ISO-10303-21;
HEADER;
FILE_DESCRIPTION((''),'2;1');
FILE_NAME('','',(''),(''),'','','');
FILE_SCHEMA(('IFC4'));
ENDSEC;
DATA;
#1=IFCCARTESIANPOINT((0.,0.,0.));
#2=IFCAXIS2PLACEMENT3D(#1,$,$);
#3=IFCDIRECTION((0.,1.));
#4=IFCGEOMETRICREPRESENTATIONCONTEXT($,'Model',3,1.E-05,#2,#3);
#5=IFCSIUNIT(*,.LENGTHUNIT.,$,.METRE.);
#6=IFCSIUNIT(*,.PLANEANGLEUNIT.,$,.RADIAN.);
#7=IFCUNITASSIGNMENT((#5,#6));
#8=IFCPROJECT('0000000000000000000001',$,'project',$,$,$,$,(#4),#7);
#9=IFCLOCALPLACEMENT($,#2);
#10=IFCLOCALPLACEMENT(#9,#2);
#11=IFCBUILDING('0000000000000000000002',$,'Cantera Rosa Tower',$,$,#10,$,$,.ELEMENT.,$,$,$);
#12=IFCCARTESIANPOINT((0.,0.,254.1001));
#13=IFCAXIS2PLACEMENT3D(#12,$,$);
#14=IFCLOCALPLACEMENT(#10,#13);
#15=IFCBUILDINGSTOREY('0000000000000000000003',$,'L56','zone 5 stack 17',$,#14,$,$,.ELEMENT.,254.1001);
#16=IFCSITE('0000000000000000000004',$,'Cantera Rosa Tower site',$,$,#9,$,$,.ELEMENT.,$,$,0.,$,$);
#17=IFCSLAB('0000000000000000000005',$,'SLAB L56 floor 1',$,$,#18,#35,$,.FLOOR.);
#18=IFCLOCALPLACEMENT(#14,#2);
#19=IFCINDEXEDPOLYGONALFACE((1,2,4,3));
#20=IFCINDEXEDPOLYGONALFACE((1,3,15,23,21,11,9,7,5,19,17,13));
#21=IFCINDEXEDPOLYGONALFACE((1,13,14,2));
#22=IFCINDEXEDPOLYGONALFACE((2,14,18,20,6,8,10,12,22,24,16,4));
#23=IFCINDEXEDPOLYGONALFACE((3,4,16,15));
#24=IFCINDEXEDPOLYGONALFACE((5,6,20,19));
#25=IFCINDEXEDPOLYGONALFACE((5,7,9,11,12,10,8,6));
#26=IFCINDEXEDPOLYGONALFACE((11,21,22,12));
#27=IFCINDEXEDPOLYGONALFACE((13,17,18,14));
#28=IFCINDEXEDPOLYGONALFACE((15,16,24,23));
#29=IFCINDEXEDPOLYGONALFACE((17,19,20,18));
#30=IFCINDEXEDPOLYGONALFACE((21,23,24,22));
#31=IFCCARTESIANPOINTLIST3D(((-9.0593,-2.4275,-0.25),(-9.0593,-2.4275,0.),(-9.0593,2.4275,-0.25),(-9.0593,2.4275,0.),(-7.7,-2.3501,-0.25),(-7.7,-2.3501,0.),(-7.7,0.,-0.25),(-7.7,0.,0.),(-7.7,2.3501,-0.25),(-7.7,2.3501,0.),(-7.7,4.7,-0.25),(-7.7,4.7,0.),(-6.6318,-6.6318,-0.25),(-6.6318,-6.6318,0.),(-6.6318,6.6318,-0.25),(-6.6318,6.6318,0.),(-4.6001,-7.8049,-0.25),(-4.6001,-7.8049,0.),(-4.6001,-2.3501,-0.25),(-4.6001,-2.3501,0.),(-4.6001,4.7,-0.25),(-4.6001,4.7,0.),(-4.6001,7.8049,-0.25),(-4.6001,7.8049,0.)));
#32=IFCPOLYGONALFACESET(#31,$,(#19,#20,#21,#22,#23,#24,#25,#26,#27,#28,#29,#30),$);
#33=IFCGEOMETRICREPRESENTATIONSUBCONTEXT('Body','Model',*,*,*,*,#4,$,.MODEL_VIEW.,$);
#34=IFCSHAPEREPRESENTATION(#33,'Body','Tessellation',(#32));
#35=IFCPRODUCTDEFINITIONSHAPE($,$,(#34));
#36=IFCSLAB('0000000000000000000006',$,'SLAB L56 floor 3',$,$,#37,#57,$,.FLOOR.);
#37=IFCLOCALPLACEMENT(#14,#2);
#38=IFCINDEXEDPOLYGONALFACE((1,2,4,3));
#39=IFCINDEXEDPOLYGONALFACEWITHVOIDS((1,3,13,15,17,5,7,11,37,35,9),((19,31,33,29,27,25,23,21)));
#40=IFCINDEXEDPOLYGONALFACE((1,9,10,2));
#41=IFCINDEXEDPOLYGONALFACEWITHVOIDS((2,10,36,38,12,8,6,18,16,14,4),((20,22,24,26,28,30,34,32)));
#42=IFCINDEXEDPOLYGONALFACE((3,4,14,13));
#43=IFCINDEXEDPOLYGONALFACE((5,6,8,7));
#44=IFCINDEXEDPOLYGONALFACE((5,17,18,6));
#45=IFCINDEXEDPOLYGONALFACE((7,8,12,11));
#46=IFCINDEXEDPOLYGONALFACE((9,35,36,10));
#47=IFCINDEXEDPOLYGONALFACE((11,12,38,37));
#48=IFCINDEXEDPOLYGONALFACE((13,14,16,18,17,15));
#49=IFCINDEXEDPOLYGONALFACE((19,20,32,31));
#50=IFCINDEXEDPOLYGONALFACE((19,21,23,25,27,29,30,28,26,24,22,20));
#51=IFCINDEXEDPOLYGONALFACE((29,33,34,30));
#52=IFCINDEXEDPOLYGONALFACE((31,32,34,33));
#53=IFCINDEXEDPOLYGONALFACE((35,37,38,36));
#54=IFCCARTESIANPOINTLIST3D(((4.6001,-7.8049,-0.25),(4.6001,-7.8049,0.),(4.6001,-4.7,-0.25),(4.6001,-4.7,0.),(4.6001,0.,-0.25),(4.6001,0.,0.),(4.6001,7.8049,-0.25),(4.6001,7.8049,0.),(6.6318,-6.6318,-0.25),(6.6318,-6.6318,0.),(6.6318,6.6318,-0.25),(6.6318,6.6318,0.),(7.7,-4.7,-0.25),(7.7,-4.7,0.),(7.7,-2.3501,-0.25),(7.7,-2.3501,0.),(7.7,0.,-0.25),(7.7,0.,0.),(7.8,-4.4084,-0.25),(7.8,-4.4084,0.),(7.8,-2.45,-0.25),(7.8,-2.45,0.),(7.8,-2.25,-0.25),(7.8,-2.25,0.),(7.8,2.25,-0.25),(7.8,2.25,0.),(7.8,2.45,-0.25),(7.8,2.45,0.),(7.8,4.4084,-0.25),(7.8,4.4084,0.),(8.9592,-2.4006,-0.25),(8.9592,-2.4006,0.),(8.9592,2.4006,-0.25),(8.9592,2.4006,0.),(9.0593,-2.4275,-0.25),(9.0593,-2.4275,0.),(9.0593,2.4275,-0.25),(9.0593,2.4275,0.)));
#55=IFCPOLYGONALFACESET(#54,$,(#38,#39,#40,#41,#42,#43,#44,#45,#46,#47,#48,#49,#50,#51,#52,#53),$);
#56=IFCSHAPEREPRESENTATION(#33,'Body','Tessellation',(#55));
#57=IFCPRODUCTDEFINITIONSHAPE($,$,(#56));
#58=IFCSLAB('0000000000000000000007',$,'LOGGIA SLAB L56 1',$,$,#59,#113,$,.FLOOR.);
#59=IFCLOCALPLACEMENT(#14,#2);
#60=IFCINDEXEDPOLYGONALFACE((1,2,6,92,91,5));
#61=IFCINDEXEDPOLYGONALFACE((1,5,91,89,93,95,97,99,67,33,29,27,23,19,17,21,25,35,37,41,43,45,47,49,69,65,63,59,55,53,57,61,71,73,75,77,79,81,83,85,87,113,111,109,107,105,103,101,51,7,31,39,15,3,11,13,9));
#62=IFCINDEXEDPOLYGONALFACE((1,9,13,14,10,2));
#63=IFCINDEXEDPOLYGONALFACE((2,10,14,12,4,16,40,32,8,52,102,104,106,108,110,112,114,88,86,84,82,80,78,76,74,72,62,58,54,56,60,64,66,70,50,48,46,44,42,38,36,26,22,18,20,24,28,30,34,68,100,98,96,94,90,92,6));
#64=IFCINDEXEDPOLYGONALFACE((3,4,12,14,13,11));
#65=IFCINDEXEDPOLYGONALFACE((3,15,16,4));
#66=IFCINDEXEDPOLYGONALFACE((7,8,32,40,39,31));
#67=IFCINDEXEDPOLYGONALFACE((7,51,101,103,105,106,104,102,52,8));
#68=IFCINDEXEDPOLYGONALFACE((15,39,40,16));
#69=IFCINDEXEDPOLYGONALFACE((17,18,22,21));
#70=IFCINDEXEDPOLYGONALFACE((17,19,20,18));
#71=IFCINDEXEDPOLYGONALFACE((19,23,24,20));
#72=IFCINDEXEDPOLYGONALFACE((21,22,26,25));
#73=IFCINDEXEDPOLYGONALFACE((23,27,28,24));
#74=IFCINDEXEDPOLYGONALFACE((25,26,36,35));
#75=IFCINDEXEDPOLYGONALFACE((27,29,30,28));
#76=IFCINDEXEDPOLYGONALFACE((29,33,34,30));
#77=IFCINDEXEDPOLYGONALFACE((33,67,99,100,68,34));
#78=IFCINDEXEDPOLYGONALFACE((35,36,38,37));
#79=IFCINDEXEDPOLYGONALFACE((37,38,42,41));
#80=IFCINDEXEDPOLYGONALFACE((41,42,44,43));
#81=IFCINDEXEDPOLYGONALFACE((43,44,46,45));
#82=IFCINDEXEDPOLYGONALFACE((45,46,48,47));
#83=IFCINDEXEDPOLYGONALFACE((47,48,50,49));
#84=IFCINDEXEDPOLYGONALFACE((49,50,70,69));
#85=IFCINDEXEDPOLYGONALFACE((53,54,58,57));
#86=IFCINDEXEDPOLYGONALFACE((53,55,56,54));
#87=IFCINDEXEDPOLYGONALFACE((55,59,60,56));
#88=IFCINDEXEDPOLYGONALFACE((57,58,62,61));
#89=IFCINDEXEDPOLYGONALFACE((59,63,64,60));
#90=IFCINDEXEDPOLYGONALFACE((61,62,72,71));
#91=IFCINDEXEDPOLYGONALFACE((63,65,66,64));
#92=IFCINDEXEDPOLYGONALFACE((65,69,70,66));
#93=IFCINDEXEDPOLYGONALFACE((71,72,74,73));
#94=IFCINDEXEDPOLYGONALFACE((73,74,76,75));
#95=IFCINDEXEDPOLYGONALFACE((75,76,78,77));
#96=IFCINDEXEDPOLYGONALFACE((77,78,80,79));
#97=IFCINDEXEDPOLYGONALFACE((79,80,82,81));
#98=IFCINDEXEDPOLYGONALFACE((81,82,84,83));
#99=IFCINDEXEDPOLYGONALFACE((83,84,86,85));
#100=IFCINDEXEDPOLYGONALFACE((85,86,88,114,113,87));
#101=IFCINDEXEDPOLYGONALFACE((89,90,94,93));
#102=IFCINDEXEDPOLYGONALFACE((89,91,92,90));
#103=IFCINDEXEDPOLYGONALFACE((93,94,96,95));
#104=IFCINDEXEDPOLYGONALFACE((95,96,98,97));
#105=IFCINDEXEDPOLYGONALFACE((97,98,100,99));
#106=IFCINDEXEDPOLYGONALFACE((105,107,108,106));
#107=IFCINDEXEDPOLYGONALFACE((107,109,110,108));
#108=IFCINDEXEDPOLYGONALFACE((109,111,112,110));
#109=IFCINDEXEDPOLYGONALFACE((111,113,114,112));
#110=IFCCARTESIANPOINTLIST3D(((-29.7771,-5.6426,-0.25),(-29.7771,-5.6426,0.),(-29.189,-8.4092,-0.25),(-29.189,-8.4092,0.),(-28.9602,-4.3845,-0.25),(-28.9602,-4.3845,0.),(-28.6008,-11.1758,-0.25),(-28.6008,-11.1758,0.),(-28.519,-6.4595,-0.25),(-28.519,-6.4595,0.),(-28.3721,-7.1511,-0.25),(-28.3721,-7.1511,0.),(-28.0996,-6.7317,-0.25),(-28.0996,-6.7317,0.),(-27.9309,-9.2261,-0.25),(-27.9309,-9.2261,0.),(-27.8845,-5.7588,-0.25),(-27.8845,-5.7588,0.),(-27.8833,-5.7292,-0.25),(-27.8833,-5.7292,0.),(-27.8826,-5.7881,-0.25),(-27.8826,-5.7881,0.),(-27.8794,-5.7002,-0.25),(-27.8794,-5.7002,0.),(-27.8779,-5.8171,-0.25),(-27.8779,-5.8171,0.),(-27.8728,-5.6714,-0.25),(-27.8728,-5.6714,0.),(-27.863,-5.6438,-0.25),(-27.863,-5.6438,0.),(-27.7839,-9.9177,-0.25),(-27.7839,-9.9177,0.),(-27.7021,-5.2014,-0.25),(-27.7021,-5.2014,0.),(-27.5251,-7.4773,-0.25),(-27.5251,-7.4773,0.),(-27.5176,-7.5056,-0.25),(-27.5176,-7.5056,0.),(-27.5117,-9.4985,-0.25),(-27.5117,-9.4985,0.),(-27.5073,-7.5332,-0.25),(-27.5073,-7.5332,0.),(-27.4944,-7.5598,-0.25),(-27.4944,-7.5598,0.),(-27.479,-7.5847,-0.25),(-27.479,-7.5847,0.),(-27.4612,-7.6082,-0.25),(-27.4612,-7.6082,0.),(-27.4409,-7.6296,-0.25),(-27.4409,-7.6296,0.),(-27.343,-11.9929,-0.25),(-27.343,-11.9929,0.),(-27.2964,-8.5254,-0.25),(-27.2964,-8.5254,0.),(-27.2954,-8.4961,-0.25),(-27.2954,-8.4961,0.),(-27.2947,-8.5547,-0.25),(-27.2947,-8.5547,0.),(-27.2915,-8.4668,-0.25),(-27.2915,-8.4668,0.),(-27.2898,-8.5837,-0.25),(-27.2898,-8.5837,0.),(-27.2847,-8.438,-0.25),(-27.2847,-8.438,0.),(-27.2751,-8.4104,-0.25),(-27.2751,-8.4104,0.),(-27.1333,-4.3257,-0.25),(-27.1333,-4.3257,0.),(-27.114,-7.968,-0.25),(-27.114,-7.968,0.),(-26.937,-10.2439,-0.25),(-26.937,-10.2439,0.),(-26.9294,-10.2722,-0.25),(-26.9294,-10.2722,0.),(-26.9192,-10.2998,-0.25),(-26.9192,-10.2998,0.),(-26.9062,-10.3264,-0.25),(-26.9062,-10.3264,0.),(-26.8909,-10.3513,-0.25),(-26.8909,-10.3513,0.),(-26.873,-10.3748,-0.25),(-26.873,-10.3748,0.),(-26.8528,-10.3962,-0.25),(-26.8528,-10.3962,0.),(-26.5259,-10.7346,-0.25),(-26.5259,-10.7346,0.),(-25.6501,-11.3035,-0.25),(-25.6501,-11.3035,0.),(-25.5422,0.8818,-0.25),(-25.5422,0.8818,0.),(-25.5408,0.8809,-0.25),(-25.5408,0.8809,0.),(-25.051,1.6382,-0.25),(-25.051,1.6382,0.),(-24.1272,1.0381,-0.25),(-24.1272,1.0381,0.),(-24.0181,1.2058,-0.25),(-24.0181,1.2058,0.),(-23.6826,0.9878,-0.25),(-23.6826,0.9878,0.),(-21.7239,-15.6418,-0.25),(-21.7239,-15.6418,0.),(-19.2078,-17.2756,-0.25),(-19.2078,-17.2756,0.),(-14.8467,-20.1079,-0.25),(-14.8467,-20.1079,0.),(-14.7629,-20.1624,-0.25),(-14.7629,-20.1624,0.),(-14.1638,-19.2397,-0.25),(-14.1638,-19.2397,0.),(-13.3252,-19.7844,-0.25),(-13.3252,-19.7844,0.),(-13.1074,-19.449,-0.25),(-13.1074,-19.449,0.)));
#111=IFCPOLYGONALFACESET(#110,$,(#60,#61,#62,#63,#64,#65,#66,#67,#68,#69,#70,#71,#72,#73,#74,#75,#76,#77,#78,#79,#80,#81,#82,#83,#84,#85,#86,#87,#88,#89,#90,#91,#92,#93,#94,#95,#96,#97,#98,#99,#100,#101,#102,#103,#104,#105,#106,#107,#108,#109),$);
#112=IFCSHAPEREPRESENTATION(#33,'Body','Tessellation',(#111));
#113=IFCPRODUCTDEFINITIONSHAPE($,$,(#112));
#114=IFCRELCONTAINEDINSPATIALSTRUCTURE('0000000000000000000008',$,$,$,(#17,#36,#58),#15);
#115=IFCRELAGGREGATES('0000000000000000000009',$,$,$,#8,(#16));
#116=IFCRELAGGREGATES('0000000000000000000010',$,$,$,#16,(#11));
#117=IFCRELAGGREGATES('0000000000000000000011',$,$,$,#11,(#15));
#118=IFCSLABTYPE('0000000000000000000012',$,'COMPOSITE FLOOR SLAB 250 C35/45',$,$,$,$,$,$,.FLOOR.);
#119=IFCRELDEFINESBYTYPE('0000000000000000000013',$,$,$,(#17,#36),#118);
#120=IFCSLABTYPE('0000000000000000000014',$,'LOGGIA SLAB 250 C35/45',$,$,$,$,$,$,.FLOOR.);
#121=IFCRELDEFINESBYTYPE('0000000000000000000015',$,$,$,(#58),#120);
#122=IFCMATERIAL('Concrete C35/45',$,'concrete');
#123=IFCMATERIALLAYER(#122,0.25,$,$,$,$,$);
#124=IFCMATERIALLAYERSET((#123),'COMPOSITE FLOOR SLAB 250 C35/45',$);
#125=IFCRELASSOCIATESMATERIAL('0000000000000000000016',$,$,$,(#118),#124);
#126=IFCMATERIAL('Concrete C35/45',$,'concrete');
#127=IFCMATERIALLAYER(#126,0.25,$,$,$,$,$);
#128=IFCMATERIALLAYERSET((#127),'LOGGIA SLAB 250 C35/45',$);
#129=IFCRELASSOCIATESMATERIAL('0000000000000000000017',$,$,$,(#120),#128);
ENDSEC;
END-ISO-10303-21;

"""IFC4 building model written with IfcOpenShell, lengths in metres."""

from ifc_helpers import new_model, si_unit, direction, frame, origin, place, context, subcontext, project, spatial, polyline, outline, extrude, material, layer, layer_set, type_object, element, save


model = new_model("IFC4")

# Units and contexts
model_context = context("Model", 3, precision=1e-05, world=origin(), true_north=direction((0.0, 1.0)))
body_context = subcontext(model_context, "Body", "Model", "MODEL_VIEW")
ifc_project = project(units=[si_unit("LENGTHUNIT", "METRE"), si_unit("PLANEANGLEUNIT", "RADIAN")], contexts=[model_context])

# Site, building, storey
site_placement = place(None, origin())
site = spatial("IfcSite", under=ifc_project, at=site_placement, Name="Cantera Rosa Tower site", CompositionType="ELEMENT", RefElevation=0.0)
building_placement = place(site_placement, origin())
building = spatial("IfcBuilding", under=site, at=building_placement, Name="Cantera Rosa Tower", CompositionType="ELEMENT")
storey_placement = place(building_placement, frame((0.0, 0.0, 254.1001)))
storey = spatial("IfcBuildingStorey", under=building, at=storey_placement, Name="L56", Description="zone 5 stack 17", CompositionType="ELEMENT", Elevation=254.1001)

# Slabs
ifc_material_1 = material(Name="Concrete C35/45", Category="concrete")
ifc_layer_1 = layer(ifc_material_1, 0.25)
ifc_layer_set_1 = layer_set([ifc_layer_1], Name="COMPOSITE FLOOR SLAB 250 C35/45")
slab_type_1 = type_object("IfcSlabType", Name="COMPOSITE FLOOR SLAB 250 C35/45", PredefinedType="FLOOR", material=ifc_layer_set_1)
slab_1_placement = place(storey_placement, frame((0.0, 0.0, -0.25)))
element("IfcSlab", 1, at=slab_1_placement, inside=storey, type_object=slab_type_1, Name="SLAB L56 floor 1", PredefinedType="FLOOR", context=body_context, shape_type="SweptSolid", body=[
    extrude(outline(polyline([(-4.6001, -2.3501), (-4.6001, -7.8049), (-6.6318, -6.6318), (-9.0593, -2.4275), (-9.0593, 2.4275), (-6.6318, 6.6318), (-4.6001, 7.8049), (-4.6001, 4.7), (-7.7, 4.7), (-7.7, 2.3501), (-7.7, 0.0), (-7.7, -2.3501), (-4.6001, -2.3501)])), origin(), (0.0, 0.0, 1.0), 0.25),
])
slab_2_placement = place(storey_placement, frame((0.0, 0.0, -0.25)))
element("IfcSlab", 2, at=slab_2_placement, inside=storey, type_object=slab_type_1, Name="SLAB L56 floor 3", PredefinedType="FLOOR", context=body_context, shape_type="SweptSolid", body=[
    extrude(outline(polyline([(7.7, 0.0), (4.6001, 0.0), (4.6001, 7.8049), (6.6318, 6.6318), (9.0593, 2.4275), (9.0593, -2.4275), (6.6318, -6.6318), (4.6001, -7.8049), (4.6001, -4.7), (7.7, -4.7), (7.7, -2.3501), (7.7, 0.0)]), holes=[polyline([(7.8, 4.4084), (7.8, 2.45), (7.8, 2.25), (7.8, -2.25), (7.8, -2.45), (7.8, -4.4084), (8.9592, -2.4006), (8.9592, 2.4006), (7.8, 4.4084)])]), origin(), (0.0, 0.0, 1.0), 0.25),
])
ifc_material_2 = material(Name="Concrete C35/45", Category="concrete")
ifc_layer_2 = layer(ifc_material_2, 0.25)
ifc_layer_set_2 = layer_set([ifc_layer_2], Name="LOGGIA SLAB 250 C35/45")
slab_type_2 = type_object("IfcSlabType", Name="LOGGIA SLAB 250 C35/45", PredefinedType="FLOOR", material=ifc_layer_set_2)
slab_3_placement = place(storey_placement, frame((0.0, 0.0, -0.25)))
element("IfcSlab", 3, at=slab_3_placement, inside=storey, type_object=slab_type_2, Name="LOGGIA SLAB L56 1", PredefinedType="FLOOR", context=body_context, shape_type="SweptSolid", body=[
    extrude(outline(polyline([(-21.7239, -15.6418), (-27.343, -11.9929), (-28.6008, -11.1758), (-27.7839, -9.9177), (-27.5117, -9.4985), (-27.9309, -9.2261), (-29.189, -8.4092), (-28.3721, -7.1511), (-28.0996, -6.7317), (-28.519, -6.4595), (-29.7771, -5.6426), (-28.9602, -4.3845), (-25.5408, 0.8809), (-25.5422, 0.8818), (-25.051, 1.6382), (-24.1272, 1.0381), (-24.0181, 1.2058), (-23.6826, 0.9878), (-27.1333, -4.3257), (-27.7021, -5.2014), (-27.863, -5.6438), (-27.8728, -5.6714), (-27.8794, -5.7002), (-27.8833, -5.7292), (-27.8845, -5.7588), (-27.8826, -5.7881), (-27.8779, -5.8171), (-27.5251, -7.4773), (-27.5176, -7.5056), (-27.5073, -7.5332), (-27.4944, -7.5598), (-27.479, -7.5847), (-27.4612, -7.6082), (-27.4409, -7.6296), (-27.114, -7.968), (-27.2751, -8.4104), (-27.2847, -8.438), (-27.2915, -8.4668), (-27.2954, -8.4961), (-27.2964, -8.5254), (-27.2947, -8.5547), (-27.2898, -8.5837), (-26.937, -10.2439), (-26.9294, -10.2722), (-26.9192, -10.2998), (-26.9062, -10.3264), (-26.8909, -10.3513), (-26.873, -10.3748), (-26.8528, -10.3962), (-26.5259, -10.7346), (-25.6501, -11.3035), (-13.1074, -19.449), (-13.3252, -19.7844), (-14.1638, -19.2397), (-14.7629, -20.1624), (-14.8467, -20.1079), (-19.2078, -17.2756), (-21.7239, -15.6418)])), origin(), (0.0, 0.0, 1.0), 0.25),
])

save(model, "model.ifc")
